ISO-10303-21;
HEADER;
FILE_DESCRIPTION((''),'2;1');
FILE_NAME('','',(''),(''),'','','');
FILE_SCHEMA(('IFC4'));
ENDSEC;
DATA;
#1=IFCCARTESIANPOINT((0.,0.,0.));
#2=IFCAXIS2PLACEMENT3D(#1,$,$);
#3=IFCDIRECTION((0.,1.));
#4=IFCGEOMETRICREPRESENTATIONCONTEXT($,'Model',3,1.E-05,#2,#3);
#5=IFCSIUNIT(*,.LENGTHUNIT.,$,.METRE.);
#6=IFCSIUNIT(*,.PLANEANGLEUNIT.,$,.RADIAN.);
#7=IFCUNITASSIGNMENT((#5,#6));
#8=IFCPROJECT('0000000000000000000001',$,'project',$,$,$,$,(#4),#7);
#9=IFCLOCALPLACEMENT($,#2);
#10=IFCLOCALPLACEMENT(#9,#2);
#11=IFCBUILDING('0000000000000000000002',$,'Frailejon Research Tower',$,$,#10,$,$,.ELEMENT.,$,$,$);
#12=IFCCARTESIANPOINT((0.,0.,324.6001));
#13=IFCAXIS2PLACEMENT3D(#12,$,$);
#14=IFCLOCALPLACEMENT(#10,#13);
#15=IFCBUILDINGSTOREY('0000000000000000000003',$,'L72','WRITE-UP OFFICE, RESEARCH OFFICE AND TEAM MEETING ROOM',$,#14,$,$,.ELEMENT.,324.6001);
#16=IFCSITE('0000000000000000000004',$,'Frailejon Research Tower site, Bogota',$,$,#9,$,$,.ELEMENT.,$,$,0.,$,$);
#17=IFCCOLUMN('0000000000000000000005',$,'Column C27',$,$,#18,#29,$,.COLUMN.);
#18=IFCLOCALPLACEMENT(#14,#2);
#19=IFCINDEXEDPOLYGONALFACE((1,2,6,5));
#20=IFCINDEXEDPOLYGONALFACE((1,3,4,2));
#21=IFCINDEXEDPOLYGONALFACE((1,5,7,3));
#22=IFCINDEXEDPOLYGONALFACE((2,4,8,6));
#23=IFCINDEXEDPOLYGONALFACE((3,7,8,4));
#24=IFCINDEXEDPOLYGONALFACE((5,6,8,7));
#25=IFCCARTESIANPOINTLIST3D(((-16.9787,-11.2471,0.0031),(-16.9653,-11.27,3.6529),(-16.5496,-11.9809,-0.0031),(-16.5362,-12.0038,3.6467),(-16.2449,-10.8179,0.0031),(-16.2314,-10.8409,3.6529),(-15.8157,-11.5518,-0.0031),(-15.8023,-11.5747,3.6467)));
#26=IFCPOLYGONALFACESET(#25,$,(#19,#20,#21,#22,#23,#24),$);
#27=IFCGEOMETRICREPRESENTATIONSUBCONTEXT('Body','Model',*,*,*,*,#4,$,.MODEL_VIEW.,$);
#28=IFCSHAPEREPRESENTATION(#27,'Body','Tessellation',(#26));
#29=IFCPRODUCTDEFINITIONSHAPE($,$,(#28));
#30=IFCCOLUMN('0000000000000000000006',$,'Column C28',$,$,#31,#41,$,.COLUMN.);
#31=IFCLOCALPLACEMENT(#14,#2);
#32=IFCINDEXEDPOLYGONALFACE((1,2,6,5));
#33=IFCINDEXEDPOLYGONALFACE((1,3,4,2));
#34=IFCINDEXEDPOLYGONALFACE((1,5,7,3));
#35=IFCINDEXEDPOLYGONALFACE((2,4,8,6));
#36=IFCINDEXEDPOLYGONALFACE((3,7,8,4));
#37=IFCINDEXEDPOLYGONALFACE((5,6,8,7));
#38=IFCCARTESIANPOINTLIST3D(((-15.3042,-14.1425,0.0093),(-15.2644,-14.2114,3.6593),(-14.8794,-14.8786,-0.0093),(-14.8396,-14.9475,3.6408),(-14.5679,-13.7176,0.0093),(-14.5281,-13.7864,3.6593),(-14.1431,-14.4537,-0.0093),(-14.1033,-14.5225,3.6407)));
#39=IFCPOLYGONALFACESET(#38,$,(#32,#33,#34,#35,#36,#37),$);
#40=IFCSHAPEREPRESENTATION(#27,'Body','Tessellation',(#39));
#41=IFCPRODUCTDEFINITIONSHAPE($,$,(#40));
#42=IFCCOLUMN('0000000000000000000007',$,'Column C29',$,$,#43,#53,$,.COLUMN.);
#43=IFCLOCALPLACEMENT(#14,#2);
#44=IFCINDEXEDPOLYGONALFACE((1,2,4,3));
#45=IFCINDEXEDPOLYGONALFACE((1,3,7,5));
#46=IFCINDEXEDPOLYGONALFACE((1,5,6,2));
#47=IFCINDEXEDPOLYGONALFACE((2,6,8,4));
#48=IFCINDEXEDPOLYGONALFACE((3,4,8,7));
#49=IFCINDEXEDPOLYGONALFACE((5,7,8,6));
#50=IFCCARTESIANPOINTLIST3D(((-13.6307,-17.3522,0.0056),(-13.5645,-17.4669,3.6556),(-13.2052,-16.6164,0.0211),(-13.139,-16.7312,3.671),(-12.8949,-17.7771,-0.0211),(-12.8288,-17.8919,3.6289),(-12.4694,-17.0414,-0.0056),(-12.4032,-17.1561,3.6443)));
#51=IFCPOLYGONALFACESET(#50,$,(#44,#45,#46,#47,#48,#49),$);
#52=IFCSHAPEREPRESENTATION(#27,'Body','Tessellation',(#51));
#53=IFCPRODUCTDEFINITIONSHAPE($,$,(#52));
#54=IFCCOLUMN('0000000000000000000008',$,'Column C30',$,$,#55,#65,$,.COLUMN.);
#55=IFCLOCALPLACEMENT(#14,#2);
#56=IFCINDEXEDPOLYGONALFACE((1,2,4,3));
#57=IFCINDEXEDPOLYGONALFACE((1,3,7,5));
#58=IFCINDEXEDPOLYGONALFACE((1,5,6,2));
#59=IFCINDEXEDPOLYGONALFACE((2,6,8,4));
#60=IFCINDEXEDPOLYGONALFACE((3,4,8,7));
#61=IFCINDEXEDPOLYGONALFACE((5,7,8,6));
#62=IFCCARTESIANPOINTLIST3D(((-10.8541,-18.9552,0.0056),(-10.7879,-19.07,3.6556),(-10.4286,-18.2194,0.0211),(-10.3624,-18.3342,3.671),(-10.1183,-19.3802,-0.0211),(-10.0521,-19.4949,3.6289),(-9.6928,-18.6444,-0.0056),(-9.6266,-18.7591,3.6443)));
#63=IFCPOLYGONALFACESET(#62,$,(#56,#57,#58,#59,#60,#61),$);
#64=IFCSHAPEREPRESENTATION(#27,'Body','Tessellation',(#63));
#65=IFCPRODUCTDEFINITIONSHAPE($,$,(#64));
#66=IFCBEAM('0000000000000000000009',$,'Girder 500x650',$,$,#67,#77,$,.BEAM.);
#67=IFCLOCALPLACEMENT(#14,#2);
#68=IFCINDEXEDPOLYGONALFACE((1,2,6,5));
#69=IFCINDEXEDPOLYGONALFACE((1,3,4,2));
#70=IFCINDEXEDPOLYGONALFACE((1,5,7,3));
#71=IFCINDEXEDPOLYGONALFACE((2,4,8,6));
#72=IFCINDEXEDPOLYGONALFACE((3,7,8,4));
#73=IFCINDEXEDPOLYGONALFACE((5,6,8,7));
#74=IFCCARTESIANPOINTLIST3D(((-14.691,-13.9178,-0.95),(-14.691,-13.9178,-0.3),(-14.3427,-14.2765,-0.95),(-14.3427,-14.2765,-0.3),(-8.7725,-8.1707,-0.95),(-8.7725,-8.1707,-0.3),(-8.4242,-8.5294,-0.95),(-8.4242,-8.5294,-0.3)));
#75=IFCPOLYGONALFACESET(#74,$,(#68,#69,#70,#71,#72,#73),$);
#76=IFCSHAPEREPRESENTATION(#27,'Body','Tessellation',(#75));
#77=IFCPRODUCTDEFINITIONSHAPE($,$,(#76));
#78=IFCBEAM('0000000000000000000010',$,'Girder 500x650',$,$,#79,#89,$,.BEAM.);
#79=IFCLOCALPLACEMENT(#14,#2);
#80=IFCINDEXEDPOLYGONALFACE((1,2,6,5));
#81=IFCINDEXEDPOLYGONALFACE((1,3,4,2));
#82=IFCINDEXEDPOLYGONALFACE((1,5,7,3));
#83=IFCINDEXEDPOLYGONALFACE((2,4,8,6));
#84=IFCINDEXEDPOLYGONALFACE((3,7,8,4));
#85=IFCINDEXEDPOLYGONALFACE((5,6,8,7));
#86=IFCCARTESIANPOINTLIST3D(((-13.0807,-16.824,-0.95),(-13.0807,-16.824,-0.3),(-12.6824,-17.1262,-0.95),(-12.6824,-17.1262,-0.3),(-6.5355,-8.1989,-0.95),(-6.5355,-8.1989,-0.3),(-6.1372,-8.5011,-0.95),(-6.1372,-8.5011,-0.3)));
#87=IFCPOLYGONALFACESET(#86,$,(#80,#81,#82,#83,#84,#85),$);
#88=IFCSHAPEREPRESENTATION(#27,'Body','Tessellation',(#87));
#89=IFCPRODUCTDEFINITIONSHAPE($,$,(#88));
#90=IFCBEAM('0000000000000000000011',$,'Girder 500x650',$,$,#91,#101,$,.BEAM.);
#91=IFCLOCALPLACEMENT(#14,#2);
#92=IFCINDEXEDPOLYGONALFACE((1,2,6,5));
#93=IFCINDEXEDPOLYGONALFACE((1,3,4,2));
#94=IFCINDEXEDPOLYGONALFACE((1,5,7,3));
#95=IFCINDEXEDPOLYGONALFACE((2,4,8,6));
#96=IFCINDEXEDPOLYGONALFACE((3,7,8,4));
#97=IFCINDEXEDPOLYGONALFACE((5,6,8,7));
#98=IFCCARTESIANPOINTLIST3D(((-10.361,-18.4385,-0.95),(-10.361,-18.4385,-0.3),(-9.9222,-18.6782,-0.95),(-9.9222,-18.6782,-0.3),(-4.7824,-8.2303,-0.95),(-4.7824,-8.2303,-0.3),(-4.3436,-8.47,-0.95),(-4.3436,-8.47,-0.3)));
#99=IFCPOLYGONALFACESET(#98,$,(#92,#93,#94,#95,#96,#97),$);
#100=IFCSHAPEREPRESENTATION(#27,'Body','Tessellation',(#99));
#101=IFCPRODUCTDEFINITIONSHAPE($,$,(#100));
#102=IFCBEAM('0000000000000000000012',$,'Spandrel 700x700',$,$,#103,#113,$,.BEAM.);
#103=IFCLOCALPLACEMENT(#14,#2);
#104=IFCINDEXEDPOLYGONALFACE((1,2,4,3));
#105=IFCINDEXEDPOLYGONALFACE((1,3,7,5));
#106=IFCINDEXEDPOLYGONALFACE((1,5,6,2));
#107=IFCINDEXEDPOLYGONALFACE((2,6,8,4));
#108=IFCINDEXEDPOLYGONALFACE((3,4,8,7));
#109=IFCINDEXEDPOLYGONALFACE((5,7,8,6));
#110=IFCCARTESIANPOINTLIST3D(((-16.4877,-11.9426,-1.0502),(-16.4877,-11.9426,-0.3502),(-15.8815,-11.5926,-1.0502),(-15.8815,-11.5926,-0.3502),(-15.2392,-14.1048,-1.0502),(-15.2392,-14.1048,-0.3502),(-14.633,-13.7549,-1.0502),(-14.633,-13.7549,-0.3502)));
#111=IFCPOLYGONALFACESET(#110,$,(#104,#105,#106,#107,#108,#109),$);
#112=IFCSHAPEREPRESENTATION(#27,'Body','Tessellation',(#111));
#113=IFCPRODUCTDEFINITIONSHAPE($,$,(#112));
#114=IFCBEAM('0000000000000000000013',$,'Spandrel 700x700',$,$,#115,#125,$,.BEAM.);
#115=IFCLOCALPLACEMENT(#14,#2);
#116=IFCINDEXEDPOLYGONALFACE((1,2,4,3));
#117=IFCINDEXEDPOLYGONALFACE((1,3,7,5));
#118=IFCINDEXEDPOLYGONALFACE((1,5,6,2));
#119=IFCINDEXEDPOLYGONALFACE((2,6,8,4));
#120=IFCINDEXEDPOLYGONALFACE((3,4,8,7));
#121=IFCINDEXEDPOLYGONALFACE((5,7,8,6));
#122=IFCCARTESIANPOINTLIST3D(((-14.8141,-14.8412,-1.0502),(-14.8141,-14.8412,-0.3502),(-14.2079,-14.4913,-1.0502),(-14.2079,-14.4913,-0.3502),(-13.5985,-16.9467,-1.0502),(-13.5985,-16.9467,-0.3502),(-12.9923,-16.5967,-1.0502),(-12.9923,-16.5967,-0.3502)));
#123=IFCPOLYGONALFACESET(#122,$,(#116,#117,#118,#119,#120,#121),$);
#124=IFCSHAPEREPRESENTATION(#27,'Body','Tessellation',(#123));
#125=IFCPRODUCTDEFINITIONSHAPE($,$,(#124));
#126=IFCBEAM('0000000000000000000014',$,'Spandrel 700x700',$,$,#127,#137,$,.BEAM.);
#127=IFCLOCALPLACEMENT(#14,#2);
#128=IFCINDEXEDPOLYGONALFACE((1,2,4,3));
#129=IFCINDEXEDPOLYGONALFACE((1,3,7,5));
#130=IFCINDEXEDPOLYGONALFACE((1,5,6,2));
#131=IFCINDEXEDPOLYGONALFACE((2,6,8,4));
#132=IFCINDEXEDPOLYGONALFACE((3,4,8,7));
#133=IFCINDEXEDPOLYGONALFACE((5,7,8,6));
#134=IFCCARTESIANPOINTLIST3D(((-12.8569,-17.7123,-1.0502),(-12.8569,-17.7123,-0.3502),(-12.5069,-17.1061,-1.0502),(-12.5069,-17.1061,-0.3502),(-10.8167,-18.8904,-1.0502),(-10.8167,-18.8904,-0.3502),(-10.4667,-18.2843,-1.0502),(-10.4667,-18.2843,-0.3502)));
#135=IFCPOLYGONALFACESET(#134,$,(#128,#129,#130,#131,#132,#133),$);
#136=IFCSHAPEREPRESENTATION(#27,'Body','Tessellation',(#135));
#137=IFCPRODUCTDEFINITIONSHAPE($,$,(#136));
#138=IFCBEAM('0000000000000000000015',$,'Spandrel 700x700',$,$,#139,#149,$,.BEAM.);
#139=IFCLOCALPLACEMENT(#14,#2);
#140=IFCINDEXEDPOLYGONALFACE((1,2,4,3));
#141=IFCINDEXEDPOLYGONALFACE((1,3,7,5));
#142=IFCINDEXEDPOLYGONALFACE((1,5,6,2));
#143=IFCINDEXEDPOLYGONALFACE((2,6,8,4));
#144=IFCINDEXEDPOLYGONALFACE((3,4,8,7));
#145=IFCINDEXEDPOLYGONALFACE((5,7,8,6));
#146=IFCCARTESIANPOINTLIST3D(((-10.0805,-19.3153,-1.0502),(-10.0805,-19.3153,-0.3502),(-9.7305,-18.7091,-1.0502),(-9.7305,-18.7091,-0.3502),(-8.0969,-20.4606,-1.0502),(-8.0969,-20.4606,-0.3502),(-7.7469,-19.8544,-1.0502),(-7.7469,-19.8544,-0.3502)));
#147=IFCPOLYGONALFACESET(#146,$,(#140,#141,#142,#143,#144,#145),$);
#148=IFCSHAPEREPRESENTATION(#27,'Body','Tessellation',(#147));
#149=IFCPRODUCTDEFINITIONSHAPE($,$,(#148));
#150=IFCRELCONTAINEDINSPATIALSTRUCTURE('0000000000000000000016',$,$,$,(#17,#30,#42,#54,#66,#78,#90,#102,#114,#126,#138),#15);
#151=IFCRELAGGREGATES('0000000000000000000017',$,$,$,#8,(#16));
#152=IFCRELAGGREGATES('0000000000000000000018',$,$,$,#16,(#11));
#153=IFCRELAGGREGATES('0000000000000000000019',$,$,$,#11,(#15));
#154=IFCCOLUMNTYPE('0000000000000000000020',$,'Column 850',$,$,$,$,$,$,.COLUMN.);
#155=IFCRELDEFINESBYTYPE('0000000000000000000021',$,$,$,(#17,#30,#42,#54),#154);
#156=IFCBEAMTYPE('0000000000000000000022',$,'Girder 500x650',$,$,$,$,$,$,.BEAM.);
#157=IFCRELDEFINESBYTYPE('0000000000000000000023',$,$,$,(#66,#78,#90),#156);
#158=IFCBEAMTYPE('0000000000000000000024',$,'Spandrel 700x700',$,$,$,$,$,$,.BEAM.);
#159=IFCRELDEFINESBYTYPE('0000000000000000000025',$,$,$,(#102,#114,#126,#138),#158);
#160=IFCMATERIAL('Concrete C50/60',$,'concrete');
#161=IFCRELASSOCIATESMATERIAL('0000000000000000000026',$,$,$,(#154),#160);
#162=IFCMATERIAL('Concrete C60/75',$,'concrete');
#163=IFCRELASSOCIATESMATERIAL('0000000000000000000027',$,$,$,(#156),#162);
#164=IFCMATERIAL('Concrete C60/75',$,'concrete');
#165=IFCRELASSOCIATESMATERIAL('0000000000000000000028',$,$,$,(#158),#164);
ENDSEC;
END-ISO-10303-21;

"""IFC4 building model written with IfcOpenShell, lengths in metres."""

from ifc_helpers import new_model, si_unit, direction, frame, origin, origin_2d, place, context, subcontext, project, spatial, rectangle, extrude, material, material_profile, profile_set, type_object, element, save


model = new_model("IFC4")

# Units and contexts
model_context = context("Model", 3, precision=1e-05, world=origin(), true_north=direction((0.0, 1.0)))
body_context = subcontext(model_context, "Body", "Model", "MODEL_VIEW")
ifc_project = project(units=[si_unit("LENGTHUNIT", "METRE"), si_unit("PLANEANGLEUNIT", "RADIAN")], contexts=[model_context])

# Site, building, storey
site_placement = place(None, origin())
site = spatial("IfcSite", under=ifc_project, at=site_placement, Name="Frailejon Research Tower site, Bogota", CompositionType="ELEMENT", RefElevation=0.0)
building_placement = place(site_placement, origin())
building = spatial("IfcBuilding", under=site, at=building_placement, Name="Frailejon Research Tower", CompositionType="ELEMENT")
storey_placement = place(building_placement, frame((0.0, 0.0, 324.6001)))
storey = spatial("IfcBuildingStorey", under=building, at=storey_placement, Name="L72", Description="WRITE-UP OFFICE, RESEARCH OFFICE AND TEAM MEETING ROOM", CompositionType="ELEMENT", Elevation=324.6001)

# Columns
ifc_material_1 = material(Name="Concrete C50/60", Category="concrete")
ifc_material_profile_1 = material_profile(ifc_material_1, rectangle(XDim=0.8501, YDim=0.8501, at=origin_2d()), Name="Column 850")
ifc_profile_set_1 = profile_set([ifc_material_profile_1], Name="Concrete C50/60")
column_type = type_object("IfcColumnType", Name="Column 850", PredefinedType="COLUMN", material=ifc_profile_set_1)
column_1_placement = place(storey_placement, frame((-16.3972, -11.3994, 0.0), z_axis=(0.003679, -0.006287, 0.999973), x_axis=(0.504779, -0.863218, -0.007285)))
element("IfcColumn", 1, at=column_1_placement, inside=storey, type_object=column_type, Name="Column C27", PredefinedType="COLUMN", context=body_context, shape_type="SweptSolid", body=[
    extrude(rectangle(XDim=0.8501, YDim=0.8501, at=origin_2d()), origin(), (0.0, 0.0, 1.0), 3.6499),
])
column_2_placement = place(storey_placement, frame((-14.7236, -14.2981, 0.0), z_axis=(0.0109, -0.018858, 0.999763), x_axis=(0.499729, -0.865908, -0.021782)))
element("IfcColumn", 2, at=column_2_placement, inside=storey, type_object=column_type, Name="Column C28", PredefinedType="COLUMN", context=body_context, shape_type="SweptSolid", body=[
    extrude(rectangle(XDim=0.8501, YDim=0.8501, at=origin_2d()), origin(), (0.0, 0.0, 1.0), 3.6509),
])
for number, where, z_axis, x_axis, name in (
    (3, (-13.05, -17.1968, 0.0), (0.018115, -0.031417, 0.999342), (0.86552, -0.499889, -0.031405), "Column C29"),
    (4, (-10.2734, -18.7998, 0.0), (0.018115, -0.031417, 0.999342), (0.86552, -0.499889, -0.031405), "Column C30"),
):
    element("IfcColumn", number, at=place(storey_placement, frame(where, z_axis=z_axis, x_axis=x_axis)), inside=storey, type_object=column_type, Name=name, PredefinedType="COLUMN", context=body_context, shape_type="SweptSolid", body=[
        extrude(rectangle(XDim=0.8501, YDim=0.8501, at=origin_2d()), origin(), (0.0, 0.0, 1.0), 3.6523),
    ])

# Beams
ifc_material_2 = material(Name="Concrete C60/75", Category="concrete")
ifc_material_profile_2 = material_profile(ifc_material_2, rectangle(XDim=0.5, YDim=0.6499, at=origin_2d()), Name="Girder 500x650")
ifc_profile_set_2 = profile_set([ifc_material_profile_2], Name="Concrete C60/75")
beam_type_1 = type_object("IfcBeamType", Name="Girder 500x650", PredefinedType="BEAM", material=ifc_profile_set_2)
beam_1_placement = place(storey_placement, frame((-14.5168, -14.0972, -0.625), z_axis=(0.717418, 0.696643, 0.0), x_axis=(-0.696643, 0.717418, 0.0)))
element("IfcBeam", 5, at=beam_1_placement, inside=storey, type_object=beam_type_1, Name="Girder 500x650", PredefinedType="BEAM", context=body_context, shape_type="SweptSolid", body=[
    extrude(rectangle(XDim=0.5, YDim=0.6499, at=origin_2d()), origin(), (0.0, 0.0, 1.0), 8.2498),
])
beam_2_placement = place(storey_placement, frame((-12.8816, -16.9751, -0.625), z_axis=(0.604507, 0.7966, 0.0), x_axis=(-0.7966, 0.604507, 0.0)))
element("IfcBeam", 6, at=beam_2_placement, inside=storey, type_object=beam_type_1, Name="Girder 500x650", PredefinedType="BEAM", context=body_context, shape_type="SweptSolid", body=[
    extrude(rectangle(XDim=0.5, YDim=0.6499, at=origin_2d()), origin(), (0.0, 0.0, 1.0), 10.8274),
])
beam_3_placement = place(storey_placement, frame((-10.1416, -18.5583, -0.625), z_axis=(0.479546, 0.877517, 0.0), x_axis=(-0.877517, 0.479546, 0.0)))
element("IfcBeam", 7, at=beam_3_placement, inside=storey, type_object=beam_type_1, Name="Girder 500x650", PredefinedType="BEAM", context=body_context, shape_type="SweptSolid", body=[
    extrude(rectangle(XDim=0.5, YDim=0.6499, at=origin_2d()), origin(), (0.0, 0.0, 1.0), 11.6331),
])
ifc_material_3 = material(Name="Concrete C60/75", Category="concrete")
ifc_material_profile_3 = material_profile(ifc_material_3, rectangle(XDim=0.7, YDim=0.7, at=origin_2d()), Name="Spandrel 700x700")
ifc_profile_set_3 = profile_set([ifc_material_profile_3], Name="Concrete C60/75")
beam_type_2 = type_object("IfcBeamType", Name="Spandrel 700x700", PredefinedType="BEAM", material=ifc_profile_set_3)
beam_4_placement = place(storey_placement, frame((-16.1846, -11.7676, -0.7002), z_axis=(0.50003, -0.866008, 0.0), x_axis=(0.866008, 0.50003, 0.0)))
element("IfcBeam", 8, at=beam_4_placement, inside=storey, type_object=beam_type_2, Name="Spandrel 700x700", PredefinedType="BEAM", context=body_context, shape_type="SweptSolid", body=[
    extrude(rectangle(XDim=0.7, YDim=0.7, at=origin_2d()), origin(), (0.0, 0.0, 1.0), 2.4968),
])
beam_5_placement = place(storey_placement, frame((-14.511, -14.6663, -0.7002), z_axis=(0.499995, -0.866028, 0.0), x_axis=(0.866028, 0.499995, 0.0)))
element("IfcBeam", 9, at=beam_5_placement, inside=storey, type_object=beam_type_2, Name="Spandrel 700x700", PredefinedType="BEAM", context=body_context, shape_type="SweptSolid", body=[
    extrude(rectangle(XDim=0.7, YDim=0.7, at=origin_2d()), origin(), (0.0, 0.0, 1.0), 2.4312),
])
beam_6_placement = place(storey_placement, frame((-12.6819, -17.4092, -0.7002), z_axis=(0.865977, -0.500084, 0.0), x_axis=(0.500084, 0.865977, 0.0)))
element("IfcBeam", 10, at=beam_6_placement, inside=storey, type_object=beam_type_2, Name="Spandrel 700x700", PredefinedType="BEAM", context=body_context, shape_type="SweptSolid", body=[
    extrude(rectangle(XDim=0.7, YDim=0.7, at=origin_2d()), origin(), (0.0, 0.0, 1.0), 2.356),
])
beam_7_placement = place(storey_placement, frame((-9.9055, -19.0122, -0.7002), z_axis=(0.866024, -0.500002, 0.0), x_axis=(0.500002, 0.866024, 0.0)))
element("IfcBeam", 11, at=beam_7_placement, inside=storey, type_object=beam_type_2, Name="Spandrel 700x700", PredefinedType="BEAM", context=body_context, shape_type="SweptSolid", body=[
    extrude(rectangle(XDim=0.7, YDim=0.7, at=origin_2d()), origin(), (0.0, 0.0, 1.0), 2.2905),
])

save(model, "model.ifc")
